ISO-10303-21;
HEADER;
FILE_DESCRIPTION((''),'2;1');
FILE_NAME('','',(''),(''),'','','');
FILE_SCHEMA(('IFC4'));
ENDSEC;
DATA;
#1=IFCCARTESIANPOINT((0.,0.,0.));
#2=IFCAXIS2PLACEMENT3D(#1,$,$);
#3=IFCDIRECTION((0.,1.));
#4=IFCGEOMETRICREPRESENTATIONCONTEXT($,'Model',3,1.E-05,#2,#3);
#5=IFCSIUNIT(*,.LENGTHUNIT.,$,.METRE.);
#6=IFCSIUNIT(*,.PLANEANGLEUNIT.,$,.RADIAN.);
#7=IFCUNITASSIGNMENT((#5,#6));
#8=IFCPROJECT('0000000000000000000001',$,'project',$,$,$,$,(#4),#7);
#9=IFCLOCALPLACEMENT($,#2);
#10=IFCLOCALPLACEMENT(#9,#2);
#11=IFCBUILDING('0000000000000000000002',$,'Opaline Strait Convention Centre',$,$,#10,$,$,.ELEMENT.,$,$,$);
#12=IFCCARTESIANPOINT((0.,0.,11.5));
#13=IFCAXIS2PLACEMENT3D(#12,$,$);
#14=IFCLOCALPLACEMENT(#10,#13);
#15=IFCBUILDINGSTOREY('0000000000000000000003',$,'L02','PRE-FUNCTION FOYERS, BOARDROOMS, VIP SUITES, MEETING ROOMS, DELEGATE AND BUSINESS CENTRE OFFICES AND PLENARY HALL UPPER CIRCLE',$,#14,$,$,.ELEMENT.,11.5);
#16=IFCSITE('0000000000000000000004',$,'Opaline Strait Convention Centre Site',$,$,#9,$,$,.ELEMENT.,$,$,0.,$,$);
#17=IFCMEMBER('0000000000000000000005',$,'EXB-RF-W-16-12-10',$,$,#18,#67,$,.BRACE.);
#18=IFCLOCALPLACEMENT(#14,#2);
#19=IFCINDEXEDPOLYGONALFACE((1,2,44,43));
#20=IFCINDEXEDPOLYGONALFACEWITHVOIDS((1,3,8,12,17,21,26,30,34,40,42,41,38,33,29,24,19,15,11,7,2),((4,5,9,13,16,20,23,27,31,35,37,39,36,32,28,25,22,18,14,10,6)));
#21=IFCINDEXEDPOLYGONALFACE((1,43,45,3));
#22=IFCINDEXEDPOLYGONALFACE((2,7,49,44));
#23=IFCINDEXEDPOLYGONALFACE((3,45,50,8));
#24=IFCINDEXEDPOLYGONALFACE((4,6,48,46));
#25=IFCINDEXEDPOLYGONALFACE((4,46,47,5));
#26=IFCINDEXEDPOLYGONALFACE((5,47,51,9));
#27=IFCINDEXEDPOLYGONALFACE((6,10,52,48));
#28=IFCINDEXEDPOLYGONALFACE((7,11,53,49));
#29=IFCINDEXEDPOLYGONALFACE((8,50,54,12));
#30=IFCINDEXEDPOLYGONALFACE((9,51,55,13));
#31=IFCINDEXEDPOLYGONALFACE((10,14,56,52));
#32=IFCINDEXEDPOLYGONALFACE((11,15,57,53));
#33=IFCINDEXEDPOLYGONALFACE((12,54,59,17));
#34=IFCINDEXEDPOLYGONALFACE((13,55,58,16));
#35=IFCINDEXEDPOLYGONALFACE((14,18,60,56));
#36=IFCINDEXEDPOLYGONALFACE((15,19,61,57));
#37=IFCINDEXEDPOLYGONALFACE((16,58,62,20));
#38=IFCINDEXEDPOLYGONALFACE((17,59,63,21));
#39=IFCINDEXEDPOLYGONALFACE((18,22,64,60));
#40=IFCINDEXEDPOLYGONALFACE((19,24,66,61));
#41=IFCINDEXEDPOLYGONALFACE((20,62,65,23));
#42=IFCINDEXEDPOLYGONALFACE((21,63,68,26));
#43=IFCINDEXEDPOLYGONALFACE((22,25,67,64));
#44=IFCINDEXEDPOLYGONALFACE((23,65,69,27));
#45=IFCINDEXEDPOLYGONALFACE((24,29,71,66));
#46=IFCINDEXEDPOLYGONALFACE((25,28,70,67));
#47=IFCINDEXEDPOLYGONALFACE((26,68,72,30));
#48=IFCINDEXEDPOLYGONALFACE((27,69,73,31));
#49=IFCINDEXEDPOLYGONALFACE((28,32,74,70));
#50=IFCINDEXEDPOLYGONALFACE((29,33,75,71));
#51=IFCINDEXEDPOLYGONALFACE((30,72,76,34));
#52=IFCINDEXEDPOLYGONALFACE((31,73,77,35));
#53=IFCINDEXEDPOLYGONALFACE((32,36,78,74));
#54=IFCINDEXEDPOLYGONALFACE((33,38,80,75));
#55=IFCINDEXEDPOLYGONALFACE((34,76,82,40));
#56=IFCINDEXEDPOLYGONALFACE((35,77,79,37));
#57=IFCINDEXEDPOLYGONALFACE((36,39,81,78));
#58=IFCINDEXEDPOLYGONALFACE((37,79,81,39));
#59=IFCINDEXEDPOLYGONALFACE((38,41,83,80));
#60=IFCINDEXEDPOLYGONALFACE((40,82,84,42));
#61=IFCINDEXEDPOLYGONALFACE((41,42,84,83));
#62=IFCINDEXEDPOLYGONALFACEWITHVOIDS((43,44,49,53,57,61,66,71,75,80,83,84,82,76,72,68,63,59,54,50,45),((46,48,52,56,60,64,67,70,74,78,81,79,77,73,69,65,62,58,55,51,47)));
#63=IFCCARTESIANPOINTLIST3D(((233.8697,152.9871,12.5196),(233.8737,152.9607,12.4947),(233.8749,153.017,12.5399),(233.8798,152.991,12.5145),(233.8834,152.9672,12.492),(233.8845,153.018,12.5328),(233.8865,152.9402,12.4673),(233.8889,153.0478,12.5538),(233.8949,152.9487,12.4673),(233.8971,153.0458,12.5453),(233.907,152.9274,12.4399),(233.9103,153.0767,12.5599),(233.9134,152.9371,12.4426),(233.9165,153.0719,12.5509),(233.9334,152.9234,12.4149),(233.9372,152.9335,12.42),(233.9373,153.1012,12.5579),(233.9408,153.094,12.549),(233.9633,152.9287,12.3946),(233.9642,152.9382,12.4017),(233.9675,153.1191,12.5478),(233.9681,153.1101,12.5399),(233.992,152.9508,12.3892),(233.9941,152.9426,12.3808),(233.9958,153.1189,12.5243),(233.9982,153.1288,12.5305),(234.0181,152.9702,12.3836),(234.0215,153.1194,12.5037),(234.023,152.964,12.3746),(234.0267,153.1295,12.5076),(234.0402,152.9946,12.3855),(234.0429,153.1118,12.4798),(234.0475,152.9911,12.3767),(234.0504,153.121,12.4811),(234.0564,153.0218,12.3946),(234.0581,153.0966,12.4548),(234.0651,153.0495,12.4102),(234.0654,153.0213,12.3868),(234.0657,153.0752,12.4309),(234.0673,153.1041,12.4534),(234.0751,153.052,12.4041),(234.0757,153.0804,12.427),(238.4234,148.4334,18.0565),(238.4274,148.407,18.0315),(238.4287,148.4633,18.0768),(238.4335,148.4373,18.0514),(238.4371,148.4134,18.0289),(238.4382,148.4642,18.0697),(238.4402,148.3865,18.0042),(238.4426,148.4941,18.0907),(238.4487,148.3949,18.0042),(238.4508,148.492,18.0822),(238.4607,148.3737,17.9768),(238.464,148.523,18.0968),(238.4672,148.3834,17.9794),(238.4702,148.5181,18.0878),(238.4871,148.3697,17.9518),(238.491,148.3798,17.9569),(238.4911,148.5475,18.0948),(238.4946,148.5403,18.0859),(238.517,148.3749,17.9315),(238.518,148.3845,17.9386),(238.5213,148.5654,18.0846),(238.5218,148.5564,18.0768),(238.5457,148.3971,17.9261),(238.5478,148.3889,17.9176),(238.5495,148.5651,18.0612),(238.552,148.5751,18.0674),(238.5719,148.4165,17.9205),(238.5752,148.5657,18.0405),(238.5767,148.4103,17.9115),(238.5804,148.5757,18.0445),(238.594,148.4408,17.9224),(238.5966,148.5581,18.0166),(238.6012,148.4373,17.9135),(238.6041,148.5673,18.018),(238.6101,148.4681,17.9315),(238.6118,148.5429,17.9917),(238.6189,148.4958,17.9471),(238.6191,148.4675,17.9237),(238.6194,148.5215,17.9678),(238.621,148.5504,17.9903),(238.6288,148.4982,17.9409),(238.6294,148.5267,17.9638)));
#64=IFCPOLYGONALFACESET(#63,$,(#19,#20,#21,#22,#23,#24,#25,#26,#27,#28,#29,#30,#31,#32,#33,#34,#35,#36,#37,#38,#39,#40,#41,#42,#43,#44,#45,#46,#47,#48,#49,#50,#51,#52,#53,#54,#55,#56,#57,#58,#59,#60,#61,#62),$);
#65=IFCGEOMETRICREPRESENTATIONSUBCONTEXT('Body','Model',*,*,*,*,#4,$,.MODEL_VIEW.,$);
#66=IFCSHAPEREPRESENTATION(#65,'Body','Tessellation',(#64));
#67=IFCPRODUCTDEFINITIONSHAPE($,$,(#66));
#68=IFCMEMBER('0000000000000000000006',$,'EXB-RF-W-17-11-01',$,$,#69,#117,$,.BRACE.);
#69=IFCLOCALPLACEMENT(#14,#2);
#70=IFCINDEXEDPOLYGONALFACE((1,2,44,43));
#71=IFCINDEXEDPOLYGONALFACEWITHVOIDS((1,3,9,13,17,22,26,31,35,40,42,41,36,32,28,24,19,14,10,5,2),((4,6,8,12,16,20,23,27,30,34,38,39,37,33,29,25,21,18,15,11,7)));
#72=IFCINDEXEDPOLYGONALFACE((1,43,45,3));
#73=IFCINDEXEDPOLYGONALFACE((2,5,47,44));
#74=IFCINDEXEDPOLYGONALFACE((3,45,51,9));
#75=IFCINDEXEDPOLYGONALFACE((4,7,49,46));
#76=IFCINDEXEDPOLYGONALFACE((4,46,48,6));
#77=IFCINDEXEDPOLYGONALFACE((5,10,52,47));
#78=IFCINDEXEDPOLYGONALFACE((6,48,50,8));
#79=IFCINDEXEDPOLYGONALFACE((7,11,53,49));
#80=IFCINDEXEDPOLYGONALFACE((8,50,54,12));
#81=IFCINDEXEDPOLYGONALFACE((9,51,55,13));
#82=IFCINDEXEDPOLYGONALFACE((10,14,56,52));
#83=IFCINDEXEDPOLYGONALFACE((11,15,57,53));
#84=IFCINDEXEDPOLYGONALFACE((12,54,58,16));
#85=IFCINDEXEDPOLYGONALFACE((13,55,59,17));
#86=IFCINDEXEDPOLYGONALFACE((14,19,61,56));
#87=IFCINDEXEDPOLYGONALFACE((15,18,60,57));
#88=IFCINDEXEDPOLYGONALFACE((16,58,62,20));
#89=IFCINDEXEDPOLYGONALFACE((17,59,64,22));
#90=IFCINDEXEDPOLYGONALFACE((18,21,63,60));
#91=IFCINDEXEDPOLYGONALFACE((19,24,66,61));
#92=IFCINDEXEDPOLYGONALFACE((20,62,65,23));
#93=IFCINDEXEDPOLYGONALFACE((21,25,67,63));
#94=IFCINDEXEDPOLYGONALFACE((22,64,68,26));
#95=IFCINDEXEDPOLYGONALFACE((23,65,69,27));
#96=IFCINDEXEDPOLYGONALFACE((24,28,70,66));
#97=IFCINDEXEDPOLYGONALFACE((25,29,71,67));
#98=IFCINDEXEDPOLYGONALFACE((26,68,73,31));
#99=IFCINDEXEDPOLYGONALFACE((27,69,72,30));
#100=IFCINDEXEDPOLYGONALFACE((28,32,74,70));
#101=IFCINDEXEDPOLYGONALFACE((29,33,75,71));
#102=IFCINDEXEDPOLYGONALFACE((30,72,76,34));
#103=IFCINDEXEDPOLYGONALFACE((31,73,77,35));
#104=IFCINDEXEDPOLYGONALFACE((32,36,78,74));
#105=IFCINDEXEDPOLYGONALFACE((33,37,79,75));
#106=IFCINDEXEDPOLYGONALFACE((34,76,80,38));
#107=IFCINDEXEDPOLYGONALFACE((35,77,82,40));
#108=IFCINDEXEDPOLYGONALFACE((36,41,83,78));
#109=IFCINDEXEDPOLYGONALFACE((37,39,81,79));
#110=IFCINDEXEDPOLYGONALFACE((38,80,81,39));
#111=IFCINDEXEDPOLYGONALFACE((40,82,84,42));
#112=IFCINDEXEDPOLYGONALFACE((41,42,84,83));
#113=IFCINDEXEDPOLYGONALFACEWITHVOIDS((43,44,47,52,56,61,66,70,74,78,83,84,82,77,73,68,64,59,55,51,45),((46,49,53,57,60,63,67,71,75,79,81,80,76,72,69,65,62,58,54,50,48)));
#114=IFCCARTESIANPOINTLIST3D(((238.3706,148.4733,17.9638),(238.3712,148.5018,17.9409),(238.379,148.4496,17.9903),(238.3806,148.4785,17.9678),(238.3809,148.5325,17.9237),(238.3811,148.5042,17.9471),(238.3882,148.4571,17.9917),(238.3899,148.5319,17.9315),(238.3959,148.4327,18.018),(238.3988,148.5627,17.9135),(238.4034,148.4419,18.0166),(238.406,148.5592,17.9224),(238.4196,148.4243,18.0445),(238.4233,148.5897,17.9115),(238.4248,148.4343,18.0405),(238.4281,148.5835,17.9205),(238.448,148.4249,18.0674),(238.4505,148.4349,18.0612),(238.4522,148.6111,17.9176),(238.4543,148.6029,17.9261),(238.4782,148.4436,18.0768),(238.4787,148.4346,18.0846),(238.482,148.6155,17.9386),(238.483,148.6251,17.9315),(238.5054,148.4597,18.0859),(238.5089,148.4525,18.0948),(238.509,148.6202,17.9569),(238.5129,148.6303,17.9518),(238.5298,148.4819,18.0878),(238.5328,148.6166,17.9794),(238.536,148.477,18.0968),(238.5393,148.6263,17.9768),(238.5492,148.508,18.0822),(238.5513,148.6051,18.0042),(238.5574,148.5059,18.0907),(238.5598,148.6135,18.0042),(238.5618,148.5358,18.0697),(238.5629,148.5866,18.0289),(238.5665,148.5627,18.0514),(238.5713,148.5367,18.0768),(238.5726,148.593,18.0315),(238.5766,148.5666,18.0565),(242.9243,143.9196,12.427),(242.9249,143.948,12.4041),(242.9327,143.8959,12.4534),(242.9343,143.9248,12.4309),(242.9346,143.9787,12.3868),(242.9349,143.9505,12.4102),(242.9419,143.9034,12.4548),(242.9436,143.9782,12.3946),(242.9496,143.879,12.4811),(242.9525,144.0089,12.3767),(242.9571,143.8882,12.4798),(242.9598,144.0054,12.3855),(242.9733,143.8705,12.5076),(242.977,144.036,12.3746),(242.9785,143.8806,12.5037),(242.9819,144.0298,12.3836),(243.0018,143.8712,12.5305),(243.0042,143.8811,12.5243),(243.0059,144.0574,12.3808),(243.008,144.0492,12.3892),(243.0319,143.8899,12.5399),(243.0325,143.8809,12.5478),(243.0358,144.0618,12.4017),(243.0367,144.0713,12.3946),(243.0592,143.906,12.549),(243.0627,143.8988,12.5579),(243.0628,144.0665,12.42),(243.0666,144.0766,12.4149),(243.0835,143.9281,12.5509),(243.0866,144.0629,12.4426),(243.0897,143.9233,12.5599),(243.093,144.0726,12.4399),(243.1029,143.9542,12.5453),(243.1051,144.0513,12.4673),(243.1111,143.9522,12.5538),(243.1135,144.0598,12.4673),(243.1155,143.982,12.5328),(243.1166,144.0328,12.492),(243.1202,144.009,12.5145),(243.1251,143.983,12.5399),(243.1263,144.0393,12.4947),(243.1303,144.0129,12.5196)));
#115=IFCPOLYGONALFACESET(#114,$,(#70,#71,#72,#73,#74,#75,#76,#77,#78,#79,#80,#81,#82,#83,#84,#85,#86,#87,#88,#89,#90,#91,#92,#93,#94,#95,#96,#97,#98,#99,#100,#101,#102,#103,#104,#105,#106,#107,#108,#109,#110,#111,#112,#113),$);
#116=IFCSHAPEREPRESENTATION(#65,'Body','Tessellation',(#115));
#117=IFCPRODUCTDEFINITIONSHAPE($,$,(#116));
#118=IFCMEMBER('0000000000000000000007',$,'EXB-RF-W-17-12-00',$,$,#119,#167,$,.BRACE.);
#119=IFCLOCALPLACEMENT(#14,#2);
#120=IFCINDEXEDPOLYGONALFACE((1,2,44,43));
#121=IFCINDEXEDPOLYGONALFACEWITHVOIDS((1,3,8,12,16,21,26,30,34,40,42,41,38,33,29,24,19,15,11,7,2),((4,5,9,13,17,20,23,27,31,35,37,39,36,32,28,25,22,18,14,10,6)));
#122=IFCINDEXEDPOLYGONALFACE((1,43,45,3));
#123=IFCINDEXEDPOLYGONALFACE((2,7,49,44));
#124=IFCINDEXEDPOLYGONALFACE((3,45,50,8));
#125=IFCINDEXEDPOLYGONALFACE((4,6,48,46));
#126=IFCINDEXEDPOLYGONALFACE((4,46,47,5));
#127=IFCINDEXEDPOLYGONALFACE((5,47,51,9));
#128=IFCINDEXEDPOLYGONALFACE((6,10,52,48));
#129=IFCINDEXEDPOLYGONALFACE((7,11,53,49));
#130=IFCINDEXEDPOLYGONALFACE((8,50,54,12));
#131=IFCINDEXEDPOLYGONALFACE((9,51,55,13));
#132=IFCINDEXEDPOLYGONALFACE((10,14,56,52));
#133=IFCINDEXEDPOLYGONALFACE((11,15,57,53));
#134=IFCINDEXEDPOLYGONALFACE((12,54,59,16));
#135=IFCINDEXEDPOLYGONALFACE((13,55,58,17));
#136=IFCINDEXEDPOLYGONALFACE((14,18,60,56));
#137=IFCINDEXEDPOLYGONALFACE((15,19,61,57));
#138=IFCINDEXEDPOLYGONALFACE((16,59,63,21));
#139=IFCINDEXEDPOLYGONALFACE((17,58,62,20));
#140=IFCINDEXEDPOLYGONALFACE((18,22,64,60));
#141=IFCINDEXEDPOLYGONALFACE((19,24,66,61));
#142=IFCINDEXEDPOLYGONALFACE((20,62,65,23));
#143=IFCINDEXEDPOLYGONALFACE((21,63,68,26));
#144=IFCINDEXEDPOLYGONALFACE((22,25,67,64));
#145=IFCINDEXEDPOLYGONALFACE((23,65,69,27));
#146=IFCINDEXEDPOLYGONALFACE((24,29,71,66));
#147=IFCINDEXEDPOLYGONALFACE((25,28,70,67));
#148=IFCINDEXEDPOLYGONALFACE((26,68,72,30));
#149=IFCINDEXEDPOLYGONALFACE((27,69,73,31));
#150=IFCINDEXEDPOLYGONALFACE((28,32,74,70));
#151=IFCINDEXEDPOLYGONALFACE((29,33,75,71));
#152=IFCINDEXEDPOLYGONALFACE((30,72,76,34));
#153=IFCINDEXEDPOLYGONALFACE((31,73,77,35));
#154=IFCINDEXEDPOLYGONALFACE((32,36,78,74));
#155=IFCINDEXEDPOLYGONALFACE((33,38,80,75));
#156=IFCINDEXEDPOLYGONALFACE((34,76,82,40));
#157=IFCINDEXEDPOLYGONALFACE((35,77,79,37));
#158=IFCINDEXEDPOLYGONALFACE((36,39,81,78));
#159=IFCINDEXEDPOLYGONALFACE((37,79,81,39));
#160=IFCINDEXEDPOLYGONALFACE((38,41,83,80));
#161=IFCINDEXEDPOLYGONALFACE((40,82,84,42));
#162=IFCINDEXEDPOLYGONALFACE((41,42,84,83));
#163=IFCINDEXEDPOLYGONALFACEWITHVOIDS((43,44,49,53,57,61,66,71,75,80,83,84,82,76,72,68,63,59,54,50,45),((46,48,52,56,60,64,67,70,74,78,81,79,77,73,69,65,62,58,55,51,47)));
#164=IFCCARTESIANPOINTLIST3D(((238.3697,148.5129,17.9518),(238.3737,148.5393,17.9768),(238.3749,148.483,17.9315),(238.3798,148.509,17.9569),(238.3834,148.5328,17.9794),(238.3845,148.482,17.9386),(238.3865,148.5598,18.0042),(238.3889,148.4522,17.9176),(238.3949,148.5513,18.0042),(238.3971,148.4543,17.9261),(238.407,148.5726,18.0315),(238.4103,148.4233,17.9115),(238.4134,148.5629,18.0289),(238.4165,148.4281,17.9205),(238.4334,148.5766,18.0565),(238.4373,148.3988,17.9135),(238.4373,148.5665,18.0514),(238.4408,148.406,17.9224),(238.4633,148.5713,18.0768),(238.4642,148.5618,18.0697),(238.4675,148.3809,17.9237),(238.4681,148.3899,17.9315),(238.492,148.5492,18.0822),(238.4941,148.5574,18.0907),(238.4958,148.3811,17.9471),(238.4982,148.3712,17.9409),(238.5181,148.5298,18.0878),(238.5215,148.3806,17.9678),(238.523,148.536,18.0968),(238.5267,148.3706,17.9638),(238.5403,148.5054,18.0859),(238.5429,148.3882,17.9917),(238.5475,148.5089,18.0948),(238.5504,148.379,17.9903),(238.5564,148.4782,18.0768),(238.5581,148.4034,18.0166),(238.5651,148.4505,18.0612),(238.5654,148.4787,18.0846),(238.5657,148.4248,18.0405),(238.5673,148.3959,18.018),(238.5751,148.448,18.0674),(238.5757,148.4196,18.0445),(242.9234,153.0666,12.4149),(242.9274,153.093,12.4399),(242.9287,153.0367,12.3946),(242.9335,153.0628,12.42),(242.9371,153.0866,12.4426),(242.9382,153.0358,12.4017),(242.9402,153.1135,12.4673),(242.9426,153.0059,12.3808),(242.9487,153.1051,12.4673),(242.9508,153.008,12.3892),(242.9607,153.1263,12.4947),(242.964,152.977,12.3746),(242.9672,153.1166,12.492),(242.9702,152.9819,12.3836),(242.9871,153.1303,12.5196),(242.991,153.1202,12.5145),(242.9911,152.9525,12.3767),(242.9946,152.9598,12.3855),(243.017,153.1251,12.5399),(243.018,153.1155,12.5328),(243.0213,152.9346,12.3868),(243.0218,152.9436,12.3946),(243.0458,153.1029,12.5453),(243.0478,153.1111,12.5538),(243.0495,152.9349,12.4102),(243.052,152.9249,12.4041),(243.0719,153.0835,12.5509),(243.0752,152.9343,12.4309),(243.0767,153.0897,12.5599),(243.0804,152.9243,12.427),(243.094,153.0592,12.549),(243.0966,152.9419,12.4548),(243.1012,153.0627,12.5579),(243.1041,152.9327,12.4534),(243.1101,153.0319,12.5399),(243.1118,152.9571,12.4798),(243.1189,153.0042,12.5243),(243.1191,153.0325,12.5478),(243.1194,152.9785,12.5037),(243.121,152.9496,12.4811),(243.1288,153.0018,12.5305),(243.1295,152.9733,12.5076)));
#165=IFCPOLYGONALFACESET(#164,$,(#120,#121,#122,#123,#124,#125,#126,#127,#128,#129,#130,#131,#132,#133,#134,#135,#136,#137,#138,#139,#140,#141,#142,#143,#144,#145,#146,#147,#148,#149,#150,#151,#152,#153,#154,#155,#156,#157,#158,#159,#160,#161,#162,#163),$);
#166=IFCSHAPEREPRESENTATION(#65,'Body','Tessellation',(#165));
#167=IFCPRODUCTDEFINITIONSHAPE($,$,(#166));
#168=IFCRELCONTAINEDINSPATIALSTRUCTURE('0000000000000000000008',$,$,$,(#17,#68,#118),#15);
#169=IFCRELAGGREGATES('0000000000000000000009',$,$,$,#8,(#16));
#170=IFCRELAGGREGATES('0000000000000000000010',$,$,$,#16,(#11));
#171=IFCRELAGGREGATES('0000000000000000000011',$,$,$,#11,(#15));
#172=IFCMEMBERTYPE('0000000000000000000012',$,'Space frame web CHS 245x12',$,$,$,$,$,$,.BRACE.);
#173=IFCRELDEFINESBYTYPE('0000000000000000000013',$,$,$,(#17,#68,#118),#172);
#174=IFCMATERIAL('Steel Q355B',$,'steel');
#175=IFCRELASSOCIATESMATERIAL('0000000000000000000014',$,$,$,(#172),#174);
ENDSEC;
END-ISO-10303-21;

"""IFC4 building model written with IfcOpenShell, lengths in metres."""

from ifc_helpers import new_model, si_unit, direction, frame, origin, origin_2d, place, context, subcontext, project, spatial, hollow_circle, extrude, material, material_profile, profile_set, type_object, element, save


model = new_model("IFC4")

# Units and contexts
model_context = context("Model", 3, precision=1e-05, world=origin(), true_north=direction((0.0, 1.0)))
body_context = subcontext(model_context, "Body", "Model", "MODEL_VIEW")
ifc_project = project(units=[si_unit("LENGTHUNIT", "METRE"), si_unit("PLANEANGLEUNIT", "RADIAN")], contexts=[model_context])

# Site, building, storey
site_placement = place(None, origin())
site = spatial("IfcSite", under=ifc_project, at=site_placement, Name="Opaline Strait Convention Centre Site", CompositionType="ELEMENT", RefElevation=0.0)
building_placement = place(site_placement, origin())
building = spatial("IfcBuilding", under=site, at=building_placement, Name="Opaline Strait Convention Centre", CompositionType="ELEMENT")
storey_placement = place(building_placement, frame((0.0, 0.0, 11.5)))
storey = spatial("IfcBuildingStorey", under=building, at=storey_placement, Name="L02", Description="PRE-FUNCTION FOYERS, BOARDROOMS, VIP SUITES, MEETING ROOMS, DELEGATE AND BUSINESS CENTRE OFFICES AND PLENARY HALL UPPER CIRCLE", CompositionType="ELEMENT", Elevation=11.5)

# Members
ifc_material_1 = material(Name="Steel Q355B", Category="steel")
ifc_material_profile_1 = material_profile(ifc_material_1, hollow_circle(Radius=0.1226, WallThickness=0.012, at=origin_2d()), Name="CHS 245x12")
ifc_profile_set_1 = profile_set([ifc_material_profile_1], Name="Steel Q355B")
member_type_1 = type_object("IfcMemberType", Name="Space frame web CHS 245x12", PredefinedType="BRACE", material=ifc_profile_set_1)
for number, where, z_axis, x_axis, name in (
    (1, (238.5269, 148.4731, 18.0042), (-0.536178, 0.536178, -0.65194), (-0.707107, -0.707107, 0.0), "EXB-RF-W-16-12-10"),
    (2, (238.4731, 148.5269, 18.0042), (0.536178, -0.536178, -0.65194), (0.707107, 0.707107, 0.0), "EXB-RF-W-17-11-01"),
    (3, (238.4731, 148.4731, 18.0042), (0.536178, 0.536178, -0.65194), (-0.707107, 0.707107, 0.0), "EXB-RF-W-17-12-00"),
):
    element("IfcMember", number, at=place(storey_placement, frame(where, z_axis=z_axis, x_axis=x_axis)), inside=storey, type_object=member_type_1, Name=name, PredefinedType="BRACE", context=body_context, shape_type="SweptSolid", body=[
        extrude(hollow_circle(Radius=0.1226, WallThickness=0.012, at=origin_2d()), origin(), (0.0, 0.0, 1.0), 8.4929),
    ])

save(model, "model.ifc")
